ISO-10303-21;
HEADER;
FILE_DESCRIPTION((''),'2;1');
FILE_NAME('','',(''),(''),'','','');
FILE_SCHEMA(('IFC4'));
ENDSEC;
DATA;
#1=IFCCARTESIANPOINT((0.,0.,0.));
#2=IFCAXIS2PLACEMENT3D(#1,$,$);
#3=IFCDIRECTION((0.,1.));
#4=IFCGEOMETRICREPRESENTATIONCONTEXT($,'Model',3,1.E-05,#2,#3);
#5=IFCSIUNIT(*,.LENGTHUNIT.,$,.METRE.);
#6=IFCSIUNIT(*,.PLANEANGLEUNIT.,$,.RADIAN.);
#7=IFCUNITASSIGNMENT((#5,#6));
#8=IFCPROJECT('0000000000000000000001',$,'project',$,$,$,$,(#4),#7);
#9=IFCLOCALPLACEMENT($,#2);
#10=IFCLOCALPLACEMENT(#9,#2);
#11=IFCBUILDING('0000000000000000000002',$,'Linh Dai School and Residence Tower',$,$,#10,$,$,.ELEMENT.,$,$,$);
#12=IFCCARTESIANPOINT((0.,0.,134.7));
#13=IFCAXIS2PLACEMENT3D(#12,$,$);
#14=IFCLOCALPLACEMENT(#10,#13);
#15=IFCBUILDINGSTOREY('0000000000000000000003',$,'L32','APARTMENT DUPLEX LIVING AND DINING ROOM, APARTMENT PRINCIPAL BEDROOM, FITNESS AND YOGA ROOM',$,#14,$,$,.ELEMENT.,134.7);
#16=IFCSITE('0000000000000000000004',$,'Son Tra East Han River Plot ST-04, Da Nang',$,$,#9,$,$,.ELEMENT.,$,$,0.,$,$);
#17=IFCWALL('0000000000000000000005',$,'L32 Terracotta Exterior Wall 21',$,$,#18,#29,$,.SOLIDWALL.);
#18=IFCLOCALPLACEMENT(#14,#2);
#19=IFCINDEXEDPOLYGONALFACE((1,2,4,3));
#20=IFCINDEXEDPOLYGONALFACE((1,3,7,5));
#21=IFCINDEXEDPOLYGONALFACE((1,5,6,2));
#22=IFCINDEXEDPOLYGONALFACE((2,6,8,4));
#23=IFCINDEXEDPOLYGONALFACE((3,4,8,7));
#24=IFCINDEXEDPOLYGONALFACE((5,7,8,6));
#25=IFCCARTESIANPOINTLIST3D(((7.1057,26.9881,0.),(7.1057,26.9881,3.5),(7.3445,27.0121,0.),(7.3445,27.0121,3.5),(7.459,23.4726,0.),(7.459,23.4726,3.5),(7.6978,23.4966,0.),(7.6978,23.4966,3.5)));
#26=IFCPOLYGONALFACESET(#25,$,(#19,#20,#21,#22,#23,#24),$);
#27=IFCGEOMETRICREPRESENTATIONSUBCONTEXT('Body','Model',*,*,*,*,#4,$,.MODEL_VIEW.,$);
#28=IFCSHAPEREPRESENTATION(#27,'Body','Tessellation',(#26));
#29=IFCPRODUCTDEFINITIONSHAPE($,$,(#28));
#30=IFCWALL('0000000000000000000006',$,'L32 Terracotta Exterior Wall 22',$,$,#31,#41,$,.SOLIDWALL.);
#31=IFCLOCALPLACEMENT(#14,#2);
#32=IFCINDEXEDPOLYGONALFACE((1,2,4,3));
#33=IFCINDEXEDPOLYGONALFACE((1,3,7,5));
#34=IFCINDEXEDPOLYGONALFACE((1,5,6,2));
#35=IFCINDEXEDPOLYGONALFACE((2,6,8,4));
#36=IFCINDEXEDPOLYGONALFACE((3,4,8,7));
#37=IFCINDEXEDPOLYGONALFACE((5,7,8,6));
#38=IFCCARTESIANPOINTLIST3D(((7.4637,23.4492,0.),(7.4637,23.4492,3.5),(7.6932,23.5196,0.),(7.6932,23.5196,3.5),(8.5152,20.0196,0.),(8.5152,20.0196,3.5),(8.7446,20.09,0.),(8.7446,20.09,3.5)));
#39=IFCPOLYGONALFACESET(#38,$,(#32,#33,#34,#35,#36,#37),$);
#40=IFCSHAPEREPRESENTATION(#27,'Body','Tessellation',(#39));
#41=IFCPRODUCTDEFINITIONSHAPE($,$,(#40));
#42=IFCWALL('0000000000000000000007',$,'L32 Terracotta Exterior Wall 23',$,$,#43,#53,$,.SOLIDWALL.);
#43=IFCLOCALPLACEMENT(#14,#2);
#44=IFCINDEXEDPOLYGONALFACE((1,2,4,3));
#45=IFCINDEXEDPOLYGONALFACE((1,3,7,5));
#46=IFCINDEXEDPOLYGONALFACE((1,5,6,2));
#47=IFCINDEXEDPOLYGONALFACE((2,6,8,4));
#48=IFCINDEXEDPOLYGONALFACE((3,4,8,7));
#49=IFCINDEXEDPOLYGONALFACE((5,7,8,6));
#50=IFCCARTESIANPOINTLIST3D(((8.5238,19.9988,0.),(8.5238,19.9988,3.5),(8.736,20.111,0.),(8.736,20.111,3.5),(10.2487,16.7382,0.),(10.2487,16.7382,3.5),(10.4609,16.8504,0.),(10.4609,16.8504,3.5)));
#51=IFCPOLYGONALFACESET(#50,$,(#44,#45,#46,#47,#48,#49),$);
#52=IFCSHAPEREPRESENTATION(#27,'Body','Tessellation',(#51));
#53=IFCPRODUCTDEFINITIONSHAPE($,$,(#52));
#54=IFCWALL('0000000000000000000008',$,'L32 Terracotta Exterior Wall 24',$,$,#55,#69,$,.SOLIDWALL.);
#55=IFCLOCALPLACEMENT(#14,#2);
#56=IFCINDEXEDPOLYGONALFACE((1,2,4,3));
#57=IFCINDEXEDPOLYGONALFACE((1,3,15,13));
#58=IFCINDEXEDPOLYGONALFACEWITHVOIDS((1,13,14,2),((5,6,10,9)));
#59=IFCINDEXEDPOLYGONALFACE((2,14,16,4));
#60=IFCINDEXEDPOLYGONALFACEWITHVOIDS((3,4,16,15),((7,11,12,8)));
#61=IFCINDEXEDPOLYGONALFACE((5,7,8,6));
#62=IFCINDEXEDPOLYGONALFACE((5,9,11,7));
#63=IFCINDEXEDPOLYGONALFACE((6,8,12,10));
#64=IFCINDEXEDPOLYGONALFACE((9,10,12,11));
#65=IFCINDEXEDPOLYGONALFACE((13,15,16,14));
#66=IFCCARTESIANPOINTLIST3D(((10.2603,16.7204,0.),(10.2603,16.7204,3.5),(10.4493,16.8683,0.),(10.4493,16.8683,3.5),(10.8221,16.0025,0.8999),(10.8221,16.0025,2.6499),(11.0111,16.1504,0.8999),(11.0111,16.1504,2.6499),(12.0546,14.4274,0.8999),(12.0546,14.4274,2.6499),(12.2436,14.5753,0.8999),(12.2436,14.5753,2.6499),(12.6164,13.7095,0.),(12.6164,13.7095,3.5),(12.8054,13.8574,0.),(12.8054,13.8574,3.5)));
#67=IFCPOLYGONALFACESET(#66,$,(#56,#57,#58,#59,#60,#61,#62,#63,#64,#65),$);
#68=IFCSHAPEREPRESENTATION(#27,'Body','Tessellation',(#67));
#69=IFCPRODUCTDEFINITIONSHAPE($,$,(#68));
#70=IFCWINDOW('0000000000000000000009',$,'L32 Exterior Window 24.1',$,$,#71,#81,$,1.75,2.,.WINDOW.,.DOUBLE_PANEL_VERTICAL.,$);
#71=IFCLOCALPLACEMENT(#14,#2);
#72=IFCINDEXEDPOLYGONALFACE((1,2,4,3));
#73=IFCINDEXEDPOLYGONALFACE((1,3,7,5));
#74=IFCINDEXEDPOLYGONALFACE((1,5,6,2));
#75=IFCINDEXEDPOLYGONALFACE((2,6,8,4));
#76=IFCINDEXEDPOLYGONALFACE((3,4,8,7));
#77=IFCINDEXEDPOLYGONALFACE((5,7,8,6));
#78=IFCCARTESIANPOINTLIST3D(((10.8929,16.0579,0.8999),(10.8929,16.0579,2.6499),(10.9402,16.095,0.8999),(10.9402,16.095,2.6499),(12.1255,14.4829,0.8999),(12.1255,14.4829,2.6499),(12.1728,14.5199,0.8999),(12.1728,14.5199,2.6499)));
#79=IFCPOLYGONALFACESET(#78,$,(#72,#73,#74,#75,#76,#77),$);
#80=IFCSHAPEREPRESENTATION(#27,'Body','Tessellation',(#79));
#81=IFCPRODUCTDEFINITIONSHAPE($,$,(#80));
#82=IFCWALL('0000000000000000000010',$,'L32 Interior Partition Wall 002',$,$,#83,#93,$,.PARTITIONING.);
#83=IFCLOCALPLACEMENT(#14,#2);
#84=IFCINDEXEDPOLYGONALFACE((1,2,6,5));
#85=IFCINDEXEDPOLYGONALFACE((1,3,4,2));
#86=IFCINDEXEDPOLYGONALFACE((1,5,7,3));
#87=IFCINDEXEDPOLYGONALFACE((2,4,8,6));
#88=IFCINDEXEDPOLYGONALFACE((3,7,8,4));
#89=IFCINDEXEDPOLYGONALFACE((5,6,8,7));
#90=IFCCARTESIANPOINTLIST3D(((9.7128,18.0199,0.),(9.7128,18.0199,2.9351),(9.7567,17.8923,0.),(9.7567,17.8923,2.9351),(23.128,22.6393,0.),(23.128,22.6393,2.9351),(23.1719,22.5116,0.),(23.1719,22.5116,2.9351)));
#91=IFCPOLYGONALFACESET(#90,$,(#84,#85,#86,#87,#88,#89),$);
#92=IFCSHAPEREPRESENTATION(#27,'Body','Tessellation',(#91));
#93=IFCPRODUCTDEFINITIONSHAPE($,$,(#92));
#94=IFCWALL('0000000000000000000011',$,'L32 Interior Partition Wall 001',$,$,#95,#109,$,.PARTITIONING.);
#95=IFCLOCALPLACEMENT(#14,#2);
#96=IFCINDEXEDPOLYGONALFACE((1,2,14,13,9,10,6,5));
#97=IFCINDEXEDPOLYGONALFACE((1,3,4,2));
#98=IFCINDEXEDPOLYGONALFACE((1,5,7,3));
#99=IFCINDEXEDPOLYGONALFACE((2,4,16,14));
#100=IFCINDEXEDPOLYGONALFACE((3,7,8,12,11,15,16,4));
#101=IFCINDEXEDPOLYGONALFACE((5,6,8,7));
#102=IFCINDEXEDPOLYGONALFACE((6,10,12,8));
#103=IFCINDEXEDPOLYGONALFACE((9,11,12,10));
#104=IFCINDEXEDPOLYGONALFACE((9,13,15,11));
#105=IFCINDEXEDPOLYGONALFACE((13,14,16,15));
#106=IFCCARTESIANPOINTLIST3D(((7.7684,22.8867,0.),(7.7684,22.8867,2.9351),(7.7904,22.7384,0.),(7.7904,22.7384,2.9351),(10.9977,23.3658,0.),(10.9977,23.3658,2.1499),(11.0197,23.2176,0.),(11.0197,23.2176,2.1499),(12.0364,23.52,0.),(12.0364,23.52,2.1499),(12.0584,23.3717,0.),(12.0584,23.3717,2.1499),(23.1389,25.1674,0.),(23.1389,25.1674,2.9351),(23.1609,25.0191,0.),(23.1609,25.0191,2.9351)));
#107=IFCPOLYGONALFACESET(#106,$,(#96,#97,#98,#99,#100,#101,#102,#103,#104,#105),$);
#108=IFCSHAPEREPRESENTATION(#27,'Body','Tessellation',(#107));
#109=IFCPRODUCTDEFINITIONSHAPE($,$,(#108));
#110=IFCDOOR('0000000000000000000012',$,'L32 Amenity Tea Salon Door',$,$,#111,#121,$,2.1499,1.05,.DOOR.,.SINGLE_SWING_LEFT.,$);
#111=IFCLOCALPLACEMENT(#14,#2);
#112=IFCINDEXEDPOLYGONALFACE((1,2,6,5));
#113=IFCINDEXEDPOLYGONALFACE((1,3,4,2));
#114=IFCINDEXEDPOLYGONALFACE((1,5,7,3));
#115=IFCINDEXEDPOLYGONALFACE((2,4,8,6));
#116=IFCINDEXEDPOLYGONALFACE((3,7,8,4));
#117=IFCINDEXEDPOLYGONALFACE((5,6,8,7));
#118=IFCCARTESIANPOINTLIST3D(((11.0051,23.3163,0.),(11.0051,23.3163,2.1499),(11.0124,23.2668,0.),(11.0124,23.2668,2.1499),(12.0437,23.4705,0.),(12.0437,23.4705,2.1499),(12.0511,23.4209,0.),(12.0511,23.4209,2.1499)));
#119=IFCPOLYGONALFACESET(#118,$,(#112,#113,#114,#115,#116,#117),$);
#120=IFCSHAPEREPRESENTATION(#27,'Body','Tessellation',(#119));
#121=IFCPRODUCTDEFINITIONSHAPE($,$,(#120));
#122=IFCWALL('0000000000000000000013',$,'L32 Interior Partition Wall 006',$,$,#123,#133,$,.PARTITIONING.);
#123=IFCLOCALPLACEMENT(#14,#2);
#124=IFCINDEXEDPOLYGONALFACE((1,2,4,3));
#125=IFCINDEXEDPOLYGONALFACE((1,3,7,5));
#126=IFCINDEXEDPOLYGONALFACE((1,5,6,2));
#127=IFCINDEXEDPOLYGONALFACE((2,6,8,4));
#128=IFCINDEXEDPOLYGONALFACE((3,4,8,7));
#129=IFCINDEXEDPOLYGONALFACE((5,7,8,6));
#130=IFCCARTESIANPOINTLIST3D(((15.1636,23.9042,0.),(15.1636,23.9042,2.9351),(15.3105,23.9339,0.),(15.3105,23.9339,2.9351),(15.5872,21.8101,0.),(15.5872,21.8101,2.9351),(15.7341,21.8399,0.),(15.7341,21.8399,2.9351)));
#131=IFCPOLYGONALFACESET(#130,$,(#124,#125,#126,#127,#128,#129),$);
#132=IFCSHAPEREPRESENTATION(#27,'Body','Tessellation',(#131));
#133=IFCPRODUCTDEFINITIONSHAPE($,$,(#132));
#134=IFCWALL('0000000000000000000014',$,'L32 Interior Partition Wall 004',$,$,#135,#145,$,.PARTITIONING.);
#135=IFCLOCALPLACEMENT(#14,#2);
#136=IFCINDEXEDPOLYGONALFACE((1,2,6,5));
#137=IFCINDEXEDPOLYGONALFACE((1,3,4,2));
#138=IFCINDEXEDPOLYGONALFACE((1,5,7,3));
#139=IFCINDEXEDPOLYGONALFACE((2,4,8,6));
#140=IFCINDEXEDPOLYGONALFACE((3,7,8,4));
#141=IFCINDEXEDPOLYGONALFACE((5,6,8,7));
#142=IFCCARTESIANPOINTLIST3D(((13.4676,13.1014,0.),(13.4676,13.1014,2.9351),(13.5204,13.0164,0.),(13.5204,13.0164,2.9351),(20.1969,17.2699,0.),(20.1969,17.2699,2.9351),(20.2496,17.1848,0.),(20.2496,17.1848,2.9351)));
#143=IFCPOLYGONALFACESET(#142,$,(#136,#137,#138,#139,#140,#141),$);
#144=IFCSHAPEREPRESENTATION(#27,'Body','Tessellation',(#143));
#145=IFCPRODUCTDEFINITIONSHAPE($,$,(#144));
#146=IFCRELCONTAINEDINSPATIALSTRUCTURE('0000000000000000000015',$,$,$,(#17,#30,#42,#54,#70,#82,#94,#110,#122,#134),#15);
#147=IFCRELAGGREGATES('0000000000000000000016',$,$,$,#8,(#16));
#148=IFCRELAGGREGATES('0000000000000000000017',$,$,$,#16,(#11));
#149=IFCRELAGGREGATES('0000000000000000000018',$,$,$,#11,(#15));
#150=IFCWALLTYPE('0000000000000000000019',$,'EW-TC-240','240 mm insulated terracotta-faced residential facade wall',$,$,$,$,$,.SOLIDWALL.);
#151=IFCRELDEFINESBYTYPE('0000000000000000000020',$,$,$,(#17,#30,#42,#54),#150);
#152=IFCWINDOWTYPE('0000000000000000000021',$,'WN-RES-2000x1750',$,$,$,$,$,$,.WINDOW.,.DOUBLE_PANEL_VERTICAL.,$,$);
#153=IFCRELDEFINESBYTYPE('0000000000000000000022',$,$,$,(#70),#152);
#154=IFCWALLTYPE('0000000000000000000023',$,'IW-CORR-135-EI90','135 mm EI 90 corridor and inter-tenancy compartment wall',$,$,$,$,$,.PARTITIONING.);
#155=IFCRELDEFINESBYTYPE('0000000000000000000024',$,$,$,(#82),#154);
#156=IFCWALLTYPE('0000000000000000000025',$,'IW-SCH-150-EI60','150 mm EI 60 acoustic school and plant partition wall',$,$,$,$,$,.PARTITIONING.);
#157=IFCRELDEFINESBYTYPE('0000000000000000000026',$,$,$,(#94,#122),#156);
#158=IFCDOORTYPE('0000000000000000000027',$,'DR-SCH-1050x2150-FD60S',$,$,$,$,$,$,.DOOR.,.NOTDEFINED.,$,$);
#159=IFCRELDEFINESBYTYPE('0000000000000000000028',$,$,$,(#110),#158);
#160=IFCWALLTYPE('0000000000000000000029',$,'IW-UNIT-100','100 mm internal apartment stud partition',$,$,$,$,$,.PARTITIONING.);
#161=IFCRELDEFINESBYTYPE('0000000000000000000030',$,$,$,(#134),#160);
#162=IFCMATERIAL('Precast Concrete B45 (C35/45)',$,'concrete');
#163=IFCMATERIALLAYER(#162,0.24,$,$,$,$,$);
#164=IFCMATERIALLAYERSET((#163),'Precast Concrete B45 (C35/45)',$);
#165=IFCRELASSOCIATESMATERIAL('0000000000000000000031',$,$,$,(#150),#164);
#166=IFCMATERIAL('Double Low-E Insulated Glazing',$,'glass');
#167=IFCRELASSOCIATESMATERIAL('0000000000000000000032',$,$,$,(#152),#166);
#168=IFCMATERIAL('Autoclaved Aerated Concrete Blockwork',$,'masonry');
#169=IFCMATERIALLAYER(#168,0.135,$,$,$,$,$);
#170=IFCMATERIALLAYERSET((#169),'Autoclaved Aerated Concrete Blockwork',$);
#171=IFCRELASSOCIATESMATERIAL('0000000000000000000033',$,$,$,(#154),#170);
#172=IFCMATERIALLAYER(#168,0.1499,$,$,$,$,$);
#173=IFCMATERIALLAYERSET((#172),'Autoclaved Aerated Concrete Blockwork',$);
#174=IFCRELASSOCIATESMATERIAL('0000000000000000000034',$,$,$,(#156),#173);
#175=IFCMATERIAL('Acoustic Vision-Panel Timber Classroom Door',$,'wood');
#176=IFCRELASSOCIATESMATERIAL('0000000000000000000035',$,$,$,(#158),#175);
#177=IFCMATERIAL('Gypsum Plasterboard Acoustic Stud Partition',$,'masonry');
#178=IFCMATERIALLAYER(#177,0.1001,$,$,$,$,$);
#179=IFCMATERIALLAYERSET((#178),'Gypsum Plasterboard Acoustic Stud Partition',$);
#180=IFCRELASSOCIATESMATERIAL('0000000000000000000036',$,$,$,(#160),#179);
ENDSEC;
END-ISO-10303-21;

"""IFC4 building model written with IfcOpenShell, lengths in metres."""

from ifc_helpers import new_model, si_unit, direction, frame, frame_2d, origin, origin_2d, place, context, subcontext, project, spatial, rectangle, extrude, source, transform, mapped, material, layer, layer_set, type_object, element, fill, save


model = new_model("IFC4")

# Units and contexts
model_context = context("Model", 3, precision=1e-05, world=origin(), true_north=direction((0.0, 1.0)))
body_context = subcontext(model_context, "Body", "Model", "MODEL_VIEW")
ifc_project = project(units=[si_unit("LENGTHUNIT", "METRE"), si_unit("PLANEANGLEUNIT", "RADIAN")], contexts=[model_context])

# Site, building, storey
site_placement = place(None, origin())
site = spatial("IfcSite", under=ifc_project, at=site_placement, Name="Son Tra East Han River Plot ST-04, Da Nang", CompositionType="ELEMENT", RefElevation=0.0)
building_placement = place(site_placement, origin())
building = spatial("IfcBuilding", under=site, at=building_placement, Name="Linh Dai School and Residence Tower", CompositionType="ELEMENT")
storey_placement = place(building_placement, frame((0.0, 0.0, 134.7)))
storey = spatial("IfcBuildingStorey", under=building, at=storey_placement, Name="L32", Description="APARTMENT DUPLEX LIVING AND DINING ROOM, APARTMENT PRINCIPAL BEDROOM, FITNESS AND YOGA ROOM", CompositionType="ELEMENT", Elevation=134.7)

# Shared definitions
ifc_material_1 = material(Name="Precast Concrete B45 (C35/45)", Category="concrete")

# Walls
ifc_layer_1 = layer(ifc_material_1, 0.24)
ifc_layer_set_1 = layer_set([ifc_layer_1], Name="Precast Concrete B45 (C35/45)")
wall_type_1 = type_object("IfcWallType", Name="EW-TC-240", Description="240 mm insulated terracotta-faced residential facade wall", PredefinedType="SOLIDWALL", material=ifc_layer_set_1)
wall_1_placement = place(storey_placement, frame((7.5784, 23.4846, 0.0), z_axis=(0.0, 0.0, 1.0), x_axis=(-0.099989, 0.994988, 0.0)))
element("IfcWall", 1, at=wall_1_placement, inside=storey, type_object=wall_type_1, Name="L32 Terracotta Exterior Wall 21", PredefinedType="SOLIDWALL", context=body_context, shape_type="SweptSolid", body=[
    extrude(rectangle(XDim=3.5332, YDim=0.24, at=frame_2d((1.7666, 0.0))), origin(), (0.0, 0.0, 1.0), 3.5),
])
wall_2_placement = place(storey_placement, frame((8.6299, 20.0549, 0.0), z_axis=(0.0, 0.0, 1.0), x_axis=(-0.293124, 0.956074, 0.0)))
element("IfcWall", 2, at=wall_2_placement, inside=storey, type_object=wall_type_1, Name="L32 Terracotta Exterior Wall 22", PredefinedType="SOLIDWALL", context=body_context, shape_type="SweptSolid", body=[
    extrude(rectangle(XDim=3.5872, YDim=0.24, at=frame_2d((1.7935, 0.0))), origin(), (0.0, 0.0, 1.0), 3.5),
])
wall_3_placement = place(storey_placement, frame((10.3547, 16.7944, 0.0), z_axis=(0.0, 0.0, 1.0), x_axis=(-0.467614, 0.883933, 0.0)))
element("IfcWall", 3, at=wall_3_placement, inside=storey, type_object=wall_type_1, Name="L32 Terracotta Exterior Wall 23", PredefinedType="SOLIDWALL", context=body_context, shape_type="SweptSolid", body=[
    extrude(rectangle(XDim=3.6887, YDim=0.24, at=frame_2d((1.8442, 0.0))), origin(), (0.0, 0.0, 1.0), 3.5),
])

# Wall, opening, window
wall_4_placement = place(storey_placement, frame((12.7109, 13.7834, 0.0), z_axis=(0.0, 0.0, 1.0), x_axis=(-0.616272, 0.787533, 0.0)))
wall_4 = element("IfcWall", 4, at=wall_4_placement, inside=storey, type_object=wall_type_1, Name="L32 Terracotta Exterior Wall 24", PredefinedType="SOLIDWALL", context=body_context, shape_type="SweptSolid", body=[
    extrude(rectangle(XDim=3.8232, YDim=0.24, at=frame_2d((1.9116, 0.0))), origin(), (0.0, 0.0, 1.0), 3.5),
])
opening_1_placement = place(wall_4_placement, frame((0.9116, 0.0, 0.8999)))
opening_1 = element("IfcOpeningElement", 5, at=opening_1_placement, cuts=wall_4, PredefinedType="OPENING", context=body_context, shape_type="SweptSolid", body=[
    extrude(rectangle(XDim=2.0, YDim=1.75, at=origin_2d()), frame((1.0, 0.1299, 0.875), z_axis=(0.0, -1.0, 0.0), x_axis=(1.0, 0.0, 0.0)), (0.0, 0.0, 1.0), 0.26),
])
ifc_material_2 = material(Name="Double Low-E Insulated Glazing", Category="glass")
window_type = type_object("IfcWindowType", Name="WN-RES-2000x1750", PartitioningType="DOUBLE_PANEL_VERTICAL", PredefinedType="WINDOW", material=ifc_material_2)
shared_shape_1 = source(origin(), body_context, "Body", "SweptSolid", [
    extrude(rectangle(XDim=2.0, YDim=1.75, at=origin_2d()), frame((1.0, 0.03, 0.875), z_axis=(0.0, -1.0, 0.0), x_axis=(1.0, 0.0, 0.0)), (0.0, 0.0, 1.0), 0.0601),
])
window_placement = place(opening_1_placement, origin())
window = element("IfcWindow", 6, at=window_placement, inside=storey, type_object=window_type, Name="L32 Exterior Window 24.1", OverallHeight=1.75, OverallWidth=2.0, PartitioningType="DOUBLE_PANEL_VERTICAL", PredefinedType="WINDOW", context=body_context, shape_type="MappedRepresentation", body=[
    mapped(shared_shape_1, transform((0.0, 0.0, 0.0), x_axis=(1.0, 0.0, 0.0), y_axis=(0.0, 1.0, 0.0), z_axis=(0.0, 0.0, 1.0), scale=1.0)),
])
fill(opening_1, window)

# Wall
ifc_material_3 = material(Name="Autoclaved Aerated Concrete Blockwork", Category="masonry")
ifc_layer_2 = layer(ifc_material_3, 0.135)
ifc_layer_set_2 = layer_set([ifc_layer_2], Name="Autoclaved Aerated Concrete Blockwork")
wall_type_2 = type_object("IfcWallType", Name="IW-CORR-135-EI90", Description="135 mm EI 90 corridor and inter-tenancy compartment wall", PredefinedType="PARTITIONING", material=ifc_layer_set_2)
wall_5_placement = place(storey_placement, frame((9.7346, 17.9561, 0.0), z_axis=(0.0, 0.0, 1.0), x_axis=(0.945516, 0.325576, 0.0)))
element("IfcWall", 7, at=wall_5_placement, inside=storey, type_object=wall_type_2, Name="L32 Interior Partition Wall 002", PredefinedType="PARTITIONING", context=body_context, shape_type="SweptSolid", body=[
    extrude(rectangle(XDim=14.1882, YDim=0.135, at=frame_2d((7.0942, 0.0))), origin(), (0.0, 0.0, 1.0), 2.9351),
])

# Wall, opening, door
ifc_layer_3 = layer(ifc_material_3, 0.1499)
ifc_layer_set_3 = layer_set([ifc_layer_3], Name="Autoclaved Aerated Concrete Blockwork")
wall_type_3 = type_object("IfcWallType", Name="IW-SCH-150-EI60", Description="150 mm EI 60 acoustic school and plant partition wall", PredefinedType="PARTITIONING", material=ifc_layer_set_3)
wall_6_placement = place(storey_placement, frame((7.7793, 22.8125, 0.0), z_axis=(0.0, 0.0, 1.0), x_axis=(0.98917, 0.146778, 0.0)))
wall_6 = element("IfcWall", 8, at=wall_6_placement, inside=storey, type_object=wall_type_3, Name="L32 Interior Partition Wall 001", PredefinedType="PARTITIONING", context=body_context, shape_type="SweptSolid", body=[
    extrude(rectangle(XDim=15.5388, YDim=0.1499, at=frame_2d((7.7695, 0.0))), origin(), (0.0, 0.0, 1.0), 2.9351),
])
opening_2_placement = place(wall_6_placement, frame((3.2649, 0.0, 0.0)))
opening_2 = element("IfcOpeningElement", 9, at=opening_2_placement, cuts=wall_6, PredefinedType="OPENING", context=body_context, shape_type="SweptSolid", body=[
    extrude(rectangle(XDim=1.05, YDim=2.1499, at=origin_2d()), frame((0.5249, 0.085, 1.075), z_axis=(0.0, -1.0, 0.0), x_axis=(1.0, 0.0, 0.0)), (0.0, 0.0, 1.0), 0.1699),
])
ifc_material_4 = material(Name="Acoustic Vision-Panel Timber Classroom Door", Category="wood")
door_type = type_object("IfcDoorType", Name="DR-SCH-1050x2150-FD60S", OperationType="NOTDEFINED", PredefinedType="DOOR", material=ifc_material_4)
shared_shape_2 = source(origin(), body_context, "Body", "SweptSolid", [
    extrude(rectangle(XDim=1.05, YDim=2.1499, at=origin_2d()), frame((0.5249, 0.0249, 1.075), z_axis=(0.0, -1.0, 0.0), x_axis=(1.0, 0.0, 0.0)), (0.0, 0.0, 1.0), 0.05),
])
door_placement = place(opening_2_placement, origin())
door = element("IfcDoor", 10, at=door_placement, inside=storey, type_object=door_type, Name="L32 Amenity Tea Salon Door", OperationType="SINGLE_SWING_LEFT", OverallHeight=2.1499, OverallWidth=1.05, PredefinedType="DOOR", context=body_context, shape_type="MappedRepresentation", body=[
    mapped(shared_shape_2, transform((0.0, 0.0, 0.0), x_axis=(1.0, 0.0, 0.0), y_axis=(0.0, 1.0, 0.0), z_axis=(0.0, 0.0, 1.0), scale=1.0)),
])
fill(opening_2, door)

# Walls
wall_7_placement = place(storey_placement, frame((15.2371, 23.9192, 0.0), z_axis=(0.0, 0.0, 1.0), x_axis=(0.198269, -0.980148, 0.0)))
element("IfcWall", 11, at=wall_7_placement, inside=storey, type_object=wall_type_3, Name="L32 Interior Partition Wall 006", PredefinedType="PARTITIONING", context=body_context, shape_type="SweptSolid", body=[
    extrude(rectangle(XDim=2.1365, YDim=0.1499, at=frame_2d((1.0684, 0.0))), origin(), (0.0, 0.0, 1.0), 2.9351),
])
ifc_material_5 = material(Name="Gypsum Plasterboard Acoustic Stud Partition", Category="masonry")
ifc_layer_4 = layer(ifc_material_5, 0.1001)
ifc_layer_set_4 = layer_set([ifc_layer_4], Name="Gypsum Plasterboard Acoustic Stud Partition")
wall_type_4 = type_object("IfcWallType", Name="IW-UNIT-100", Description="100 mm internal apartment stud partition", PredefinedType="PARTITIONING", material=ifc_layer_set_4)
wall_8_placement = place(storey_placement, frame((13.4939, 13.0588, 0.0), z_axis=(0.0, 0.0, 1.0), x_axis=(0.850111, 0.526604, 0.0)))
element("IfcWall", 12, at=wall_8_placement, inside=storey, type_object=wall_type_4, Name="L32 Interior Partition Wall 004", PredefinedType="PARTITIONING", context=body_context, shape_type="SweptSolid", body=[
    extrude(rectangle(XDim=7.9158, YDim=0.1001, at=frame_2d((3.958, 0.0))), origin(), (0.0, 0.0, 1.0), 2.9351),
])

save(model, "model.ifc")
